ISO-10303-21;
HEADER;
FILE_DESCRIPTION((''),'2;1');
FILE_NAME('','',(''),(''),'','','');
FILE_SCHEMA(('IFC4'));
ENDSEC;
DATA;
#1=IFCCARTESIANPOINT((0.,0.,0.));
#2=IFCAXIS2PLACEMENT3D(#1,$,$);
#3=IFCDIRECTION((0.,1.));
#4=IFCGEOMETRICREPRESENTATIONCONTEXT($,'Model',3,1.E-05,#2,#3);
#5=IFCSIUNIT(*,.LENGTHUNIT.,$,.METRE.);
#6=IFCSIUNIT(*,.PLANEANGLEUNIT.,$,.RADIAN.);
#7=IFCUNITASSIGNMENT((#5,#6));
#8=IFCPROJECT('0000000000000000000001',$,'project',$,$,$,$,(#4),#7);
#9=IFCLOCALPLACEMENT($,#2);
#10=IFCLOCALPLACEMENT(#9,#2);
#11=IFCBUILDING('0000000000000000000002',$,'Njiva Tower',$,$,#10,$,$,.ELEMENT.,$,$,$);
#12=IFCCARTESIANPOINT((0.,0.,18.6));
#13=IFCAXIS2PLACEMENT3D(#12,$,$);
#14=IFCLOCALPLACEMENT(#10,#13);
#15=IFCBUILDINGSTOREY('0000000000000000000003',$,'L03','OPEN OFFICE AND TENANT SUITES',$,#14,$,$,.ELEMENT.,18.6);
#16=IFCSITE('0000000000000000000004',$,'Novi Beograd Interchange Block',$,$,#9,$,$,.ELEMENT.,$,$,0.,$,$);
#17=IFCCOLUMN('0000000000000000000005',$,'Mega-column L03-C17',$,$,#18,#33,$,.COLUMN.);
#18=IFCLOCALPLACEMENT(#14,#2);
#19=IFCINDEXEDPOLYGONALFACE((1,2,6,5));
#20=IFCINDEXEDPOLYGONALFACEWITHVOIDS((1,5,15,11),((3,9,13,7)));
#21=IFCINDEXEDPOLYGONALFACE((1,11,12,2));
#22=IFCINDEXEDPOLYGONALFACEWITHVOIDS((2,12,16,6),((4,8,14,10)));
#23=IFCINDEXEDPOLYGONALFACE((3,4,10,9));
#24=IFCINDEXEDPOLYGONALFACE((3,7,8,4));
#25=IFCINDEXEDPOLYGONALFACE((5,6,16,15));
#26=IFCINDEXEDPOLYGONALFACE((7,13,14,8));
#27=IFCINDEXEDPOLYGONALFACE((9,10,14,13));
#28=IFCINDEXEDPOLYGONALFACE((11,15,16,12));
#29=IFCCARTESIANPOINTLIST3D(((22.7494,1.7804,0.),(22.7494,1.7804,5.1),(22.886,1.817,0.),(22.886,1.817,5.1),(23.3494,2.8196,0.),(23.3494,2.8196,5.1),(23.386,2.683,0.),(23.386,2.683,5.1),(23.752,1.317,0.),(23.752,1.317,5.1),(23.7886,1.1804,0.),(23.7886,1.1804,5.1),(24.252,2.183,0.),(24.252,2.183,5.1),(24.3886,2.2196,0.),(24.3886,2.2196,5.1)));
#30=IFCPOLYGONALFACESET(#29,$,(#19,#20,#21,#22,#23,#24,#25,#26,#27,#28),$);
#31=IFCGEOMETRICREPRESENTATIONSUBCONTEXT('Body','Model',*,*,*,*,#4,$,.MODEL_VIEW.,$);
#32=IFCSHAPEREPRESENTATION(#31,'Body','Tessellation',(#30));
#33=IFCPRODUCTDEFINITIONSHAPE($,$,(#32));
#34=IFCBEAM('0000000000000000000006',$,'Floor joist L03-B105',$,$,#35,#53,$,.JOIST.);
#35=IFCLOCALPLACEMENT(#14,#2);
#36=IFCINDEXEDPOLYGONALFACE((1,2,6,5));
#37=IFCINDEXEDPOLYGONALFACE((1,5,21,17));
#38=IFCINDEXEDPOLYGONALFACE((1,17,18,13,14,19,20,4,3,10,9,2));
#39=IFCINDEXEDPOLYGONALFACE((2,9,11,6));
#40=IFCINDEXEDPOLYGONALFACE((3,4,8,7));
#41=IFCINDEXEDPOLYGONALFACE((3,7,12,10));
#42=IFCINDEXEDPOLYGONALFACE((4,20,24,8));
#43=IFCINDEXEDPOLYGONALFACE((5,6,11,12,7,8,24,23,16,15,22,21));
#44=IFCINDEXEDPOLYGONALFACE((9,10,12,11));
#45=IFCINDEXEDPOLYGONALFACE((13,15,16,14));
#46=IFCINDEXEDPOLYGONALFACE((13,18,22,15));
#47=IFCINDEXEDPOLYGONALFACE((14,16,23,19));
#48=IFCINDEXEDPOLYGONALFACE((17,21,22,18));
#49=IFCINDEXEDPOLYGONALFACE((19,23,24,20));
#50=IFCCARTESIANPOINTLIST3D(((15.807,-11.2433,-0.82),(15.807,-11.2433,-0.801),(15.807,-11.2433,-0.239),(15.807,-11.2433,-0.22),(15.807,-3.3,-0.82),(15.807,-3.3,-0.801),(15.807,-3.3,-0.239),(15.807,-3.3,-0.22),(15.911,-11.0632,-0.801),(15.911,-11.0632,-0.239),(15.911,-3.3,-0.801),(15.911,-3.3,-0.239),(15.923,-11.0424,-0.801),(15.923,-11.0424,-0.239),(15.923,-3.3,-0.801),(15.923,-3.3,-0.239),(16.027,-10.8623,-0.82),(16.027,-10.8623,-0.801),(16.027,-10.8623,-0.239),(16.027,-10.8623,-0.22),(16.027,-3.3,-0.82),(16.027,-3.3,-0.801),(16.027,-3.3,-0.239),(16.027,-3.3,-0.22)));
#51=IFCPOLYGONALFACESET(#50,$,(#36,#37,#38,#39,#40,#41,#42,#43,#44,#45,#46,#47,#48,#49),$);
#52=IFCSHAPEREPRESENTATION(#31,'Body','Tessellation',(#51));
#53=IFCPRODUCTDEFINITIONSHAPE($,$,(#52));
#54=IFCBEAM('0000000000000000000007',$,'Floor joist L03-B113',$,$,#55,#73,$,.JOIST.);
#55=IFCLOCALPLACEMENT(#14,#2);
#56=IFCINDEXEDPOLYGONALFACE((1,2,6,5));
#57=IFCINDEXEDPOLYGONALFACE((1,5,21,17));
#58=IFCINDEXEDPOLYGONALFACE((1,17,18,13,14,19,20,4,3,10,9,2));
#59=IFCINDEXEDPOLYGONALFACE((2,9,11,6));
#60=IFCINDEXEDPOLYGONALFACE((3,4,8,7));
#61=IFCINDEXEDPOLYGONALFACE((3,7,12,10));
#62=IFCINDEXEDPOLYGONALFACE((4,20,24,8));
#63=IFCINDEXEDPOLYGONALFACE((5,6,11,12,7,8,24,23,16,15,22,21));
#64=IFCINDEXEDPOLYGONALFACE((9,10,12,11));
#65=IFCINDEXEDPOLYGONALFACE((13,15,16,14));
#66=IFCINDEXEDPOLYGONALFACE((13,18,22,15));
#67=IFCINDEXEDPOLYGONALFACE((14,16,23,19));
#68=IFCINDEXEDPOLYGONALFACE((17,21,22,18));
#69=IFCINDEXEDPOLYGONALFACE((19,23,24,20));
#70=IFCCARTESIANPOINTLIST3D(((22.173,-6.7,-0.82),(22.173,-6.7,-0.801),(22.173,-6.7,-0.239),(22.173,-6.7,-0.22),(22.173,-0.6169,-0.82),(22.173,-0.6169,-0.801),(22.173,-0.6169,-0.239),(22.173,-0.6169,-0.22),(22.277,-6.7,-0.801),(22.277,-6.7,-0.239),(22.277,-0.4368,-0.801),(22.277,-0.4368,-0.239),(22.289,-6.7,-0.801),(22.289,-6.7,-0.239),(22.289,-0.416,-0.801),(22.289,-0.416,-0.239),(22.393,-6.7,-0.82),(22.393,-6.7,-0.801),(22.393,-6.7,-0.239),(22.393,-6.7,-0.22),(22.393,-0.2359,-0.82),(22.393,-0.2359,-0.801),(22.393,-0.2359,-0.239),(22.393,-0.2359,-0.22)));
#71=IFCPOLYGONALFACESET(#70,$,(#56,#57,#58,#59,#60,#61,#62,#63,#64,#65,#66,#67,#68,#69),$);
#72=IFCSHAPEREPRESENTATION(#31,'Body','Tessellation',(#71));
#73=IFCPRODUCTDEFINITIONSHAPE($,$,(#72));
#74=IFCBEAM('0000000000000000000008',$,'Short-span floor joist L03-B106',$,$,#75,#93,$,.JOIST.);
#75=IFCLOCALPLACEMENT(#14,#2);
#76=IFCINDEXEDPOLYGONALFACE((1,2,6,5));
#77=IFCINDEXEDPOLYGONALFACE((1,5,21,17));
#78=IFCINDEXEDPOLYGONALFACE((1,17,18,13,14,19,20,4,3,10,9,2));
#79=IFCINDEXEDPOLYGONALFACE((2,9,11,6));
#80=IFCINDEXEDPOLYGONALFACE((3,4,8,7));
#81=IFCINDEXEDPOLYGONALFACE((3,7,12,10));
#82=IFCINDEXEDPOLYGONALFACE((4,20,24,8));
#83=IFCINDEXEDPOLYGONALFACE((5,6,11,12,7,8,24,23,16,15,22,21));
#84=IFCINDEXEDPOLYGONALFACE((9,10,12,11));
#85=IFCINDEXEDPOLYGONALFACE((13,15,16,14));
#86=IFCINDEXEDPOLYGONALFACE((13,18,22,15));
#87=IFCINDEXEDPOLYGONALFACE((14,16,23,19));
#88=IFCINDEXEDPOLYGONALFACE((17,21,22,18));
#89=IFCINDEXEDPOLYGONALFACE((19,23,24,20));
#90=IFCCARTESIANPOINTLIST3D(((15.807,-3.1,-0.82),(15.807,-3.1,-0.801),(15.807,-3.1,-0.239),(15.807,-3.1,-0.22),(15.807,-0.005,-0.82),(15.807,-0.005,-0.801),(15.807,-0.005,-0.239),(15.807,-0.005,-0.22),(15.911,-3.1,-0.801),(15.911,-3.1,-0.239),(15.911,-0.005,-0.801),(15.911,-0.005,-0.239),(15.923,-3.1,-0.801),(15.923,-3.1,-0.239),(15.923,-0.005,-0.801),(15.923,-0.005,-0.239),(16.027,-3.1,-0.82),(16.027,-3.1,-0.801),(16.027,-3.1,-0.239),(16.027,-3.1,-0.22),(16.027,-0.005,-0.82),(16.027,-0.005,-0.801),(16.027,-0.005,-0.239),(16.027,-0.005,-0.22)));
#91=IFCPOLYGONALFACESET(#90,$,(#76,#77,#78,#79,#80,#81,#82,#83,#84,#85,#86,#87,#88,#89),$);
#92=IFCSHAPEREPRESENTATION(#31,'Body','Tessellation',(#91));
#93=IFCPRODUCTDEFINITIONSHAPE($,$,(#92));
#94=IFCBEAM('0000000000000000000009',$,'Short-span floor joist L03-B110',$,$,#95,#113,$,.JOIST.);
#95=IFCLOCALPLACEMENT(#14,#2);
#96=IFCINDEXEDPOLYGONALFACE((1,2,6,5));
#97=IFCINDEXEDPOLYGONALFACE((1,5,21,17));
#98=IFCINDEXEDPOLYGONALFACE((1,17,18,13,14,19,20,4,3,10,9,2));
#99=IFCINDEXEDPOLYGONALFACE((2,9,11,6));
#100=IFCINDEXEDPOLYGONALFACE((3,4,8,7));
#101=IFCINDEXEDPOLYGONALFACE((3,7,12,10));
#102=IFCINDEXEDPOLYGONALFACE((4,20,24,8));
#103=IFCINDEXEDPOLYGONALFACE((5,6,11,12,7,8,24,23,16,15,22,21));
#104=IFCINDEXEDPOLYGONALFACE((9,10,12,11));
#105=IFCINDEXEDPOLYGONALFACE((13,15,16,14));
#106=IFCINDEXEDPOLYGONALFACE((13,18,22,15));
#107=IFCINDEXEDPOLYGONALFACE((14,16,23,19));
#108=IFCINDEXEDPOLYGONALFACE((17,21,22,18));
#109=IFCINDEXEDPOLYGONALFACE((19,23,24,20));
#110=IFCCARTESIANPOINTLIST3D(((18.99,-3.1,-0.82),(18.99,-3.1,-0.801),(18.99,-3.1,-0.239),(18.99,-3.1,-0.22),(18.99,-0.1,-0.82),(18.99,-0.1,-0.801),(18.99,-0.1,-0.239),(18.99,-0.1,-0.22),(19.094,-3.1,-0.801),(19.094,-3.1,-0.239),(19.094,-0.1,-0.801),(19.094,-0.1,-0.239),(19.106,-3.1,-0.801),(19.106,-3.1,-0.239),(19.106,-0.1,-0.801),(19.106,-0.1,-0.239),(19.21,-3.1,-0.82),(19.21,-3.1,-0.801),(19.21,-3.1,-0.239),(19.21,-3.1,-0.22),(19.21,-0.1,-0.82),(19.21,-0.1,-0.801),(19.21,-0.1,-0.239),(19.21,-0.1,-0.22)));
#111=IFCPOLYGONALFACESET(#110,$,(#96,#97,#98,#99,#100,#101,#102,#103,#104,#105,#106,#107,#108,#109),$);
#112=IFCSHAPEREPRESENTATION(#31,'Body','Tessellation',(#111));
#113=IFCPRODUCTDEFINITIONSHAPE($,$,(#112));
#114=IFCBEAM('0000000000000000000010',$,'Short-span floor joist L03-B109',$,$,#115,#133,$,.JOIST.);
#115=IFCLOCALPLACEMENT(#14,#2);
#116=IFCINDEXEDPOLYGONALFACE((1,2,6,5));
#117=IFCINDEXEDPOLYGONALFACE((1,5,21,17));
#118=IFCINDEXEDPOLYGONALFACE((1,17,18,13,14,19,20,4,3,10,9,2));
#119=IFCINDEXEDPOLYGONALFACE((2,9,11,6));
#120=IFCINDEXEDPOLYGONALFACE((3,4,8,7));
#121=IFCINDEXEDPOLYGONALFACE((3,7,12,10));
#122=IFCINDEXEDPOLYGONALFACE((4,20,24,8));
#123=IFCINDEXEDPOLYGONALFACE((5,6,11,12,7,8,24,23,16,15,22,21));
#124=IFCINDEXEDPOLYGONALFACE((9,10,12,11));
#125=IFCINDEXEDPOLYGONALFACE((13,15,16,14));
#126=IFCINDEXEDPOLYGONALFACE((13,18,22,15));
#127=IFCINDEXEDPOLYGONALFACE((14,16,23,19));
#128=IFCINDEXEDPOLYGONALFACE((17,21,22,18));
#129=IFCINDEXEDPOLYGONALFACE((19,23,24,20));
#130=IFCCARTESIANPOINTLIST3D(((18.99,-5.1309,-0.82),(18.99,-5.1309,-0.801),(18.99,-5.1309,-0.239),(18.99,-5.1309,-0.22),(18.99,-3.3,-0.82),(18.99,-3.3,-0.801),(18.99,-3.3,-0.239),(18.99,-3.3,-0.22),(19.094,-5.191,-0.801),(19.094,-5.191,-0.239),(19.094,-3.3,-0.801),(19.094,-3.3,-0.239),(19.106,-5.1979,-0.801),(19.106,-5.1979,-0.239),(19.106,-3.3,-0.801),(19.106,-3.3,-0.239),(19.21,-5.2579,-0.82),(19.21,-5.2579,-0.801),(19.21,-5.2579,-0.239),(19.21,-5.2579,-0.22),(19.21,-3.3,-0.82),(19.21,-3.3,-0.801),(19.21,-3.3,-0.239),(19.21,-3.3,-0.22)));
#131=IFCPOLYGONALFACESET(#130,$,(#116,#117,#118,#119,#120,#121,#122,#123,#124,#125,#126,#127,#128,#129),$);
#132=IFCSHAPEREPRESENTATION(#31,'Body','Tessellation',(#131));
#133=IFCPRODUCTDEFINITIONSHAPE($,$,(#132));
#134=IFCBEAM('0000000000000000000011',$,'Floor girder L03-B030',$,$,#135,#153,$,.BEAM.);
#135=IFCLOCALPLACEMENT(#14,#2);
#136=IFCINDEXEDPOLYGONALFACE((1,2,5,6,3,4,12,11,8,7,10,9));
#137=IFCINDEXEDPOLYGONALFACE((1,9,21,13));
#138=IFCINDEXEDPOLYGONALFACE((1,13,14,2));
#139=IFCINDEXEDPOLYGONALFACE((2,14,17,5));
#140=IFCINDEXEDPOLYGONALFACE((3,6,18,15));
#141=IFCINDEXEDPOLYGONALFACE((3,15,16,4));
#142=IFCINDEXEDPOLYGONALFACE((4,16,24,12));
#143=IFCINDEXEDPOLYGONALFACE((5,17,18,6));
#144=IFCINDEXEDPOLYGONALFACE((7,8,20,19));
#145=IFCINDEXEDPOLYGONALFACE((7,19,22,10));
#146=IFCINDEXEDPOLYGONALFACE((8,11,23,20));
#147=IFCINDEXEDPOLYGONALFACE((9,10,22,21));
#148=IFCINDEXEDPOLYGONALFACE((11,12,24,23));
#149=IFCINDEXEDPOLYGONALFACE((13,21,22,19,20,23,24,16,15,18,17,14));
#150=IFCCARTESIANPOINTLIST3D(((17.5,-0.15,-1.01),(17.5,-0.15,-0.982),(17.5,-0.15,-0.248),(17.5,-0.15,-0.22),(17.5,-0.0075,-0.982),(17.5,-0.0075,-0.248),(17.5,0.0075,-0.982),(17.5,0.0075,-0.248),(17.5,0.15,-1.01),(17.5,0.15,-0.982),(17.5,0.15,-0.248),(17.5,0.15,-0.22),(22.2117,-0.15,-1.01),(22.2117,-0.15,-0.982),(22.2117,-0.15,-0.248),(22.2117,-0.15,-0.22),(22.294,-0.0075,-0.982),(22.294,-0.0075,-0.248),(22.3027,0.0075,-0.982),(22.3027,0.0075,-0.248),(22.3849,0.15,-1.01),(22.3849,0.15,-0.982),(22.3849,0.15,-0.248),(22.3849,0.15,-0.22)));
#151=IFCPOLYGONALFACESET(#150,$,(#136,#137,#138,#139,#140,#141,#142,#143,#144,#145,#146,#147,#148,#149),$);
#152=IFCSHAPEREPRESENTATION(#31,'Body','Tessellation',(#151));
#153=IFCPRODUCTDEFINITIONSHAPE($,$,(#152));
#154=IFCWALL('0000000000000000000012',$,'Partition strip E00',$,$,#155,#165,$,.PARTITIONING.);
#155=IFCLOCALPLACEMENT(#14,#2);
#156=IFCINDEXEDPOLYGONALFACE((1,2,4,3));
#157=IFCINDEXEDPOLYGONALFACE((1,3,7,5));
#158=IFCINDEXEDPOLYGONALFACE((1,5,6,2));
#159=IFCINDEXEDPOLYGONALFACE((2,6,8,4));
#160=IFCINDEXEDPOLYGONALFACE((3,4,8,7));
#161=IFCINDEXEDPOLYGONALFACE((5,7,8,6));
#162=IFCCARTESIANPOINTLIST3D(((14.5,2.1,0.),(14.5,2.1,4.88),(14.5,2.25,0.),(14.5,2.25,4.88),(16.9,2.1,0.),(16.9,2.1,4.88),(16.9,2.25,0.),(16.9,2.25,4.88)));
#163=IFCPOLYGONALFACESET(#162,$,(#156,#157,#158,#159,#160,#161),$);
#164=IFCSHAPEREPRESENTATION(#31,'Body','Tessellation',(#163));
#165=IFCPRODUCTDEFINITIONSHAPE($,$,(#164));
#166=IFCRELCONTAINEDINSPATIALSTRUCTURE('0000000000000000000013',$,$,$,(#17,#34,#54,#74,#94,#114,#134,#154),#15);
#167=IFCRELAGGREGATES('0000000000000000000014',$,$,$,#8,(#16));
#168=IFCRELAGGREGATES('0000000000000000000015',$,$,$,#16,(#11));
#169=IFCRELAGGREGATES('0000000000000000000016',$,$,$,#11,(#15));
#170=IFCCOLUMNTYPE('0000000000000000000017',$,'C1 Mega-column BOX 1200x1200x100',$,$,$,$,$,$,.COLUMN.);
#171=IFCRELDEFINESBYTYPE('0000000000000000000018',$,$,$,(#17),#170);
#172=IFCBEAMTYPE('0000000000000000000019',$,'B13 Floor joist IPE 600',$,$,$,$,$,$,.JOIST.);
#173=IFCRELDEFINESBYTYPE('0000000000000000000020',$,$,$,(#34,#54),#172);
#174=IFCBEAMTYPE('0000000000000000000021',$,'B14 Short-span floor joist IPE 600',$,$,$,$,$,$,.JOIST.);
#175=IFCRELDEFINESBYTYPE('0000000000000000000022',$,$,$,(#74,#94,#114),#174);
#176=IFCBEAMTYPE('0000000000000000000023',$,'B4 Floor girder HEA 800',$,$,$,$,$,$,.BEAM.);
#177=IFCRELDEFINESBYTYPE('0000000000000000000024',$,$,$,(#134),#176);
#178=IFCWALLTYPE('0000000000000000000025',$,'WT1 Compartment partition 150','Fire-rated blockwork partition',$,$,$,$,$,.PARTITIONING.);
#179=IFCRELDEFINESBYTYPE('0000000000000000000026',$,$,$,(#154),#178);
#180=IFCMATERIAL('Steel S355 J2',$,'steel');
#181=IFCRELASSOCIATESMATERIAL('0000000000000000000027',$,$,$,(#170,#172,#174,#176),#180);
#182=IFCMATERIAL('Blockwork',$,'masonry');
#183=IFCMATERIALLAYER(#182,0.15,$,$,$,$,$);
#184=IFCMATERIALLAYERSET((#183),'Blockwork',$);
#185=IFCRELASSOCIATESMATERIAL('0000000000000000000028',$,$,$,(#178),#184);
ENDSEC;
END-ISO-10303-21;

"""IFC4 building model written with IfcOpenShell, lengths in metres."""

from ifc_helpers import new_model, si_unit, direction, frame, frame_2d, origin, origin_2d, place, context, subcontext, project, spatial, rectangle, hollow_rectangle, i_section, extrude, clip, halfspace, material, layer, layer_set, material_profile, profile_set, type_object, element, save


model = new_model("IFC4")

# Units and contexts
model_context = context("Model", 3, precision=1e-05, world=origin(), true_north=direction((0.0, 1.0)))
body_context = subcontext(model_context, "Body", "Model", "MODEL_VIEW")
ifc_project = project(units=[si_unit("LENGTHUNIT", "METRE"), si_unit("PLANEANGLEUNIT", "RADIAN")], contexts=[model_context])

# Site, building, storey
site_placement = place(None, origin())
site = spatial("IfcSite", under=ifc_project, at=site_placement, Name="Novi Beograd Interchange Block", CompositionType="ELEMENT", RefElevation=0.0)
building_placement = place(site_placement, origin())
building = spatial("IfcBuilding", under=site, at=building_placement, Name="Njiva Tower", CompositionType="ELEMENT")
storey_placement = place(building_placement, frame((0.0, 0.0, 18.6)))
storey = spatial("IfcBuildingStorey", under=building, at=storey_placement, Name="L03", Description="OPEN OFFICE AND TENANT SUITES", CompositionType="ELEMENT", Elevation=18.6)

# Column
ifc_material_1 = material(Name="Steel S355 J2", Category="steel")
ifc_material_profile_1 = material_profile(ifc_material_1, hollow_rectangle(XDim=1.2, YDim=1.2, WallThickness=0.1, at=origin_2d()), Name="BOX 1200x1200x100")
ifc_profile_set_1 = profile_set([ifc_material_profile_1], Name="Steel S355 J2")
column_type = type_object("IfcColumnType", Name="C1 Mega-column BOX 1200x1200x100", PredefinedType="COLUMN", material=ifc_profile_set_1)
column_placement = place(storey_placement, frame((23.569, 2.0, 0.0), z_axis=(0.0, 0.0, 1.0), x_axis=(0.5, 0.866025, 0.0)))
element("IfcColumn", 1, at=column_placement, inside=storey, type_object=column_type, Name="Mega-column L03-C17", PredefinedType="COLUMN", context=body_context, shape_type="SweptSolid", body=[
    extrude(hollow_rectangle(XDim=1.2, YDim=1.2, WallThickness=0.1, at=origin_2d()), origin(), (0.0, 0.0, 1.0), 5.1),
])

# Beams
ifc_material_profile_2 = material_profile(ifc_material_1, i_section(OverallWidth=0.22, OverallDepth=0.6, WebThickness=0.012, FlangeThickness=0.019, at=origin_2d()), Name="IPE 600")
ifc_profile_set_2 = profile_set([ifc_material_profile_2], Name="Steel S355 J2")
beam_type_1 = type_object("IfcBeamType", Name="B13 Floor joist IPE 600", PredefinedType="JOIST", material=ifc_profile_set_2)
beam_1_placement = place(storey_placement, frame((15.917, -3.3, -0.52), z_axis=(0.0, -1.0, 0.0), x_axis=(1.0, 0.0, 0.0)))
element("IfcBeam", 2, at=beam_1_placement, inside=storey, type_object=beam_type_1, Name="Floor joist L03-B105", PredefinedType="JOIST", context=body_context, shape_type="Clipping", body=[
    clip(extrude(i_section(OverallWidth=0.22, OverallDepth=0.6, WebThickness=0.012, FlangeThickness=0.019, at=origin_2d()), origin(), (0.0, 0.0, 1.0), 7.964), halfspace(frame((0.043, 0.0, 7.6783), z_axis=(0.866027, 0.0, 0.499998), x_axis=(0.0, 1.0, 0.0)), False)),
])
beam_2_placement = place(storey_placement, frame((22.283, -0.215, -0.52), z_axis=(0.0, -1.0, 0.0), x_axis=(1.0, 0.0, 0.0)))
element("IfcBeam", 3, at=beam_2_placement, inside=storey, type_object=beam_type_1, Name="Floor joist L03-B113", PredefinedType="JOIST", context=body_context, shape_type="Clipping", body=[
    clip(extrude(i_section(OverallWidth=0.22, OverallDepth=0.6, WebThickness=0.012, FlangeThickness=0.019, at=origin_2d()), origin(), (0.0, 0.0, 1.0), 6.485), halfspace(frame((-0.043, 0.0, 0.2859), z_axis=(-0.866027, 0.0, -0.499998), x_axis=(0.0, -1.0, 0.0)), False)),
])
ifc_material_profile_3 = material_profile(ifc_material_1, i_section(OverallWidth=0.22, OverallDepth=0.6, WebThickness=0.012, FlangeThickness=0.019, at=origin_2d()), Name="IPE 600")
ifc_profile_set_3 = profile_set([ifc_material_profile_3], Name="Steel S355 J2")
beam_type_2 = type_object("IfcBeamType", Name="B14 Short-span floor joist IPE 600", PredefinedType="JOIST", material=ifc_profile_set_3)
beam_3_placement = place(storey_placement, frame((15.917, -0.005, -0.52), z_axis=(0.0, -1.0, 0.0), x_axis=(1.0, 0.0, 0.0)))
element("IfcBeam", 4, at=beam_3_placement, inside=storey, type_object=beam_type_2, Name="Short-span floor joist L03-B106", PredefinedType="JOIST", context=body_context, shape_type="SweptSolid", body=[
    extrude(i_section(OverallWidth=0.22, OverallDepth=0.6, WebThickness=0.012, FlangeThickness=0.019, at=origin_2d()), origin(), (0.0, 0.0, 1.0), 3.095),
])
beam_4_placement = place(storey_placement, frame((19.1, -0.1, -0.52), z_axis=(0.0, -1.0, 0.0), x_axis=(1.0, 0.0, 0.0)))
element("IfcBeam", 5, at=beam_4_placement, inside=storey, type_object=beam_type_2, Name="Short-span floor joist L03-B110", PredefinedType="JOIST", context=body_context, shape_type="SweptSolid", body=[
    extrude(i_section(OverallWidth=0.22, OverallDepth=0.6, WebThickness=0.012, FlangeThickness=0.019, at=origin_2d()), origin(), (0.0, 0.0, 1.0), 3.0),
])
beam_5_placement = place(storey_placement, frame((19.1, -3.3, -0.52), z_axis=(0.0, -1.0, 0.0), x_axis=(1.0, 0.0, 0.0)))
element("IfcBeam", 6, at=beam_5_placement, inside=storey, type_object=beam_type_2, Name="Short-span floor joist L03-B109", PredefinedType="JOIST", context=body_context, shape_type="Clipping", body=[
    clip(extrude(i_section(OverallWidth=0.22, OverallDepth=0.6, WebThickness=0.012, FlangeThickness=0.019, at=origin_2d()), origin(), (0.0, 0.0, 1.0), 1.978), halfspace(frame((-0.025, 0.0, 1.88), z_axis=(-0.499998, 0.0, 0.866027), x_axis=(0.0, 1.0, 0.0)), False)),
])
ifc_material_profile_4 = material_profile(ifc_material_1, i_section(OverallWidth=0.3, OverallDepth=0.79, WebThickness=0.015, FlangeThickness=0.028, at=origin_2d()), Name="HEA 800")
ifc_profile_set_4 = profile_set([ifc_material_profile_4], Name="Steel S355 J2")
beam_type_3 = type_object("IfcBeamType", Name="B4 Floor girder HEA 800", PredefinedType="BEAM", material=ifc_profile_set_4)
beam_6_placement = place(storey_placement, frame((17.5, 0.0, -0.615), z_axis=(1.0, 0.0, 0.0), x_axis=(0.0, 1.0, 0.0)))
element("IfcBeam", 7, at=beam_6_placement, inside=storey, type_object=beam_type_3, Name="Floor girder L03-B030", PredefinedType="BEAM", context=body_context, shape_type="Clipping", body=[
    clip(extrude(i_section(OverallWidth=0.3, OverallDepth=0.79, WebThickness=0.015, FlangeThickness=0.028, at=origin_2d()), origin(), (0.0, 0.0, 1.0), 4.905), halfspace(frame((-0.025, 0.0, 4.7839), z_axis=(-0.499998, 0.0, 0.866027), x_axis=(0.0, 1.0, 0.0)), False)),
])

# Wall
ifc_material_2 = material(Name="Blockwork", Category="masonry")
ifc_layer_1 = layer(ifc_material_2, 0.15)
ifc_layer_set_1 = layer_set([ifc_layer_1], Name="Blockwork")
wall_type_1 = type_object("IfcWallType", Name="WT1 Compartment partition 150", Description="Fire-rated blockwork partition", PredefinedType="PARTITIONING", material=ifc_layer_set_1)
wall_1_placement = place(storey_placement, frame((14.5, 2.175, 0.0), z_axis=(0.0, 0.0, 1.0), x_axis=(1.0, 0.0, 0.0)))
element("IfcWall", 8, at=wall_1_placement, inside=storey, type_object=wall_type_1, Name="Partition strip E00", PredefinedType="PARTITIONING", context=body_context, shape_type="SweptSolid", body=[
    extrude(rectangle(XDim=2.4, YDim=0.15, at=frame_2d((1.2, 0.0))), origin(), (0.0, 0.0, 1.0), 4.88),
])

save(model, "model.ifc")
